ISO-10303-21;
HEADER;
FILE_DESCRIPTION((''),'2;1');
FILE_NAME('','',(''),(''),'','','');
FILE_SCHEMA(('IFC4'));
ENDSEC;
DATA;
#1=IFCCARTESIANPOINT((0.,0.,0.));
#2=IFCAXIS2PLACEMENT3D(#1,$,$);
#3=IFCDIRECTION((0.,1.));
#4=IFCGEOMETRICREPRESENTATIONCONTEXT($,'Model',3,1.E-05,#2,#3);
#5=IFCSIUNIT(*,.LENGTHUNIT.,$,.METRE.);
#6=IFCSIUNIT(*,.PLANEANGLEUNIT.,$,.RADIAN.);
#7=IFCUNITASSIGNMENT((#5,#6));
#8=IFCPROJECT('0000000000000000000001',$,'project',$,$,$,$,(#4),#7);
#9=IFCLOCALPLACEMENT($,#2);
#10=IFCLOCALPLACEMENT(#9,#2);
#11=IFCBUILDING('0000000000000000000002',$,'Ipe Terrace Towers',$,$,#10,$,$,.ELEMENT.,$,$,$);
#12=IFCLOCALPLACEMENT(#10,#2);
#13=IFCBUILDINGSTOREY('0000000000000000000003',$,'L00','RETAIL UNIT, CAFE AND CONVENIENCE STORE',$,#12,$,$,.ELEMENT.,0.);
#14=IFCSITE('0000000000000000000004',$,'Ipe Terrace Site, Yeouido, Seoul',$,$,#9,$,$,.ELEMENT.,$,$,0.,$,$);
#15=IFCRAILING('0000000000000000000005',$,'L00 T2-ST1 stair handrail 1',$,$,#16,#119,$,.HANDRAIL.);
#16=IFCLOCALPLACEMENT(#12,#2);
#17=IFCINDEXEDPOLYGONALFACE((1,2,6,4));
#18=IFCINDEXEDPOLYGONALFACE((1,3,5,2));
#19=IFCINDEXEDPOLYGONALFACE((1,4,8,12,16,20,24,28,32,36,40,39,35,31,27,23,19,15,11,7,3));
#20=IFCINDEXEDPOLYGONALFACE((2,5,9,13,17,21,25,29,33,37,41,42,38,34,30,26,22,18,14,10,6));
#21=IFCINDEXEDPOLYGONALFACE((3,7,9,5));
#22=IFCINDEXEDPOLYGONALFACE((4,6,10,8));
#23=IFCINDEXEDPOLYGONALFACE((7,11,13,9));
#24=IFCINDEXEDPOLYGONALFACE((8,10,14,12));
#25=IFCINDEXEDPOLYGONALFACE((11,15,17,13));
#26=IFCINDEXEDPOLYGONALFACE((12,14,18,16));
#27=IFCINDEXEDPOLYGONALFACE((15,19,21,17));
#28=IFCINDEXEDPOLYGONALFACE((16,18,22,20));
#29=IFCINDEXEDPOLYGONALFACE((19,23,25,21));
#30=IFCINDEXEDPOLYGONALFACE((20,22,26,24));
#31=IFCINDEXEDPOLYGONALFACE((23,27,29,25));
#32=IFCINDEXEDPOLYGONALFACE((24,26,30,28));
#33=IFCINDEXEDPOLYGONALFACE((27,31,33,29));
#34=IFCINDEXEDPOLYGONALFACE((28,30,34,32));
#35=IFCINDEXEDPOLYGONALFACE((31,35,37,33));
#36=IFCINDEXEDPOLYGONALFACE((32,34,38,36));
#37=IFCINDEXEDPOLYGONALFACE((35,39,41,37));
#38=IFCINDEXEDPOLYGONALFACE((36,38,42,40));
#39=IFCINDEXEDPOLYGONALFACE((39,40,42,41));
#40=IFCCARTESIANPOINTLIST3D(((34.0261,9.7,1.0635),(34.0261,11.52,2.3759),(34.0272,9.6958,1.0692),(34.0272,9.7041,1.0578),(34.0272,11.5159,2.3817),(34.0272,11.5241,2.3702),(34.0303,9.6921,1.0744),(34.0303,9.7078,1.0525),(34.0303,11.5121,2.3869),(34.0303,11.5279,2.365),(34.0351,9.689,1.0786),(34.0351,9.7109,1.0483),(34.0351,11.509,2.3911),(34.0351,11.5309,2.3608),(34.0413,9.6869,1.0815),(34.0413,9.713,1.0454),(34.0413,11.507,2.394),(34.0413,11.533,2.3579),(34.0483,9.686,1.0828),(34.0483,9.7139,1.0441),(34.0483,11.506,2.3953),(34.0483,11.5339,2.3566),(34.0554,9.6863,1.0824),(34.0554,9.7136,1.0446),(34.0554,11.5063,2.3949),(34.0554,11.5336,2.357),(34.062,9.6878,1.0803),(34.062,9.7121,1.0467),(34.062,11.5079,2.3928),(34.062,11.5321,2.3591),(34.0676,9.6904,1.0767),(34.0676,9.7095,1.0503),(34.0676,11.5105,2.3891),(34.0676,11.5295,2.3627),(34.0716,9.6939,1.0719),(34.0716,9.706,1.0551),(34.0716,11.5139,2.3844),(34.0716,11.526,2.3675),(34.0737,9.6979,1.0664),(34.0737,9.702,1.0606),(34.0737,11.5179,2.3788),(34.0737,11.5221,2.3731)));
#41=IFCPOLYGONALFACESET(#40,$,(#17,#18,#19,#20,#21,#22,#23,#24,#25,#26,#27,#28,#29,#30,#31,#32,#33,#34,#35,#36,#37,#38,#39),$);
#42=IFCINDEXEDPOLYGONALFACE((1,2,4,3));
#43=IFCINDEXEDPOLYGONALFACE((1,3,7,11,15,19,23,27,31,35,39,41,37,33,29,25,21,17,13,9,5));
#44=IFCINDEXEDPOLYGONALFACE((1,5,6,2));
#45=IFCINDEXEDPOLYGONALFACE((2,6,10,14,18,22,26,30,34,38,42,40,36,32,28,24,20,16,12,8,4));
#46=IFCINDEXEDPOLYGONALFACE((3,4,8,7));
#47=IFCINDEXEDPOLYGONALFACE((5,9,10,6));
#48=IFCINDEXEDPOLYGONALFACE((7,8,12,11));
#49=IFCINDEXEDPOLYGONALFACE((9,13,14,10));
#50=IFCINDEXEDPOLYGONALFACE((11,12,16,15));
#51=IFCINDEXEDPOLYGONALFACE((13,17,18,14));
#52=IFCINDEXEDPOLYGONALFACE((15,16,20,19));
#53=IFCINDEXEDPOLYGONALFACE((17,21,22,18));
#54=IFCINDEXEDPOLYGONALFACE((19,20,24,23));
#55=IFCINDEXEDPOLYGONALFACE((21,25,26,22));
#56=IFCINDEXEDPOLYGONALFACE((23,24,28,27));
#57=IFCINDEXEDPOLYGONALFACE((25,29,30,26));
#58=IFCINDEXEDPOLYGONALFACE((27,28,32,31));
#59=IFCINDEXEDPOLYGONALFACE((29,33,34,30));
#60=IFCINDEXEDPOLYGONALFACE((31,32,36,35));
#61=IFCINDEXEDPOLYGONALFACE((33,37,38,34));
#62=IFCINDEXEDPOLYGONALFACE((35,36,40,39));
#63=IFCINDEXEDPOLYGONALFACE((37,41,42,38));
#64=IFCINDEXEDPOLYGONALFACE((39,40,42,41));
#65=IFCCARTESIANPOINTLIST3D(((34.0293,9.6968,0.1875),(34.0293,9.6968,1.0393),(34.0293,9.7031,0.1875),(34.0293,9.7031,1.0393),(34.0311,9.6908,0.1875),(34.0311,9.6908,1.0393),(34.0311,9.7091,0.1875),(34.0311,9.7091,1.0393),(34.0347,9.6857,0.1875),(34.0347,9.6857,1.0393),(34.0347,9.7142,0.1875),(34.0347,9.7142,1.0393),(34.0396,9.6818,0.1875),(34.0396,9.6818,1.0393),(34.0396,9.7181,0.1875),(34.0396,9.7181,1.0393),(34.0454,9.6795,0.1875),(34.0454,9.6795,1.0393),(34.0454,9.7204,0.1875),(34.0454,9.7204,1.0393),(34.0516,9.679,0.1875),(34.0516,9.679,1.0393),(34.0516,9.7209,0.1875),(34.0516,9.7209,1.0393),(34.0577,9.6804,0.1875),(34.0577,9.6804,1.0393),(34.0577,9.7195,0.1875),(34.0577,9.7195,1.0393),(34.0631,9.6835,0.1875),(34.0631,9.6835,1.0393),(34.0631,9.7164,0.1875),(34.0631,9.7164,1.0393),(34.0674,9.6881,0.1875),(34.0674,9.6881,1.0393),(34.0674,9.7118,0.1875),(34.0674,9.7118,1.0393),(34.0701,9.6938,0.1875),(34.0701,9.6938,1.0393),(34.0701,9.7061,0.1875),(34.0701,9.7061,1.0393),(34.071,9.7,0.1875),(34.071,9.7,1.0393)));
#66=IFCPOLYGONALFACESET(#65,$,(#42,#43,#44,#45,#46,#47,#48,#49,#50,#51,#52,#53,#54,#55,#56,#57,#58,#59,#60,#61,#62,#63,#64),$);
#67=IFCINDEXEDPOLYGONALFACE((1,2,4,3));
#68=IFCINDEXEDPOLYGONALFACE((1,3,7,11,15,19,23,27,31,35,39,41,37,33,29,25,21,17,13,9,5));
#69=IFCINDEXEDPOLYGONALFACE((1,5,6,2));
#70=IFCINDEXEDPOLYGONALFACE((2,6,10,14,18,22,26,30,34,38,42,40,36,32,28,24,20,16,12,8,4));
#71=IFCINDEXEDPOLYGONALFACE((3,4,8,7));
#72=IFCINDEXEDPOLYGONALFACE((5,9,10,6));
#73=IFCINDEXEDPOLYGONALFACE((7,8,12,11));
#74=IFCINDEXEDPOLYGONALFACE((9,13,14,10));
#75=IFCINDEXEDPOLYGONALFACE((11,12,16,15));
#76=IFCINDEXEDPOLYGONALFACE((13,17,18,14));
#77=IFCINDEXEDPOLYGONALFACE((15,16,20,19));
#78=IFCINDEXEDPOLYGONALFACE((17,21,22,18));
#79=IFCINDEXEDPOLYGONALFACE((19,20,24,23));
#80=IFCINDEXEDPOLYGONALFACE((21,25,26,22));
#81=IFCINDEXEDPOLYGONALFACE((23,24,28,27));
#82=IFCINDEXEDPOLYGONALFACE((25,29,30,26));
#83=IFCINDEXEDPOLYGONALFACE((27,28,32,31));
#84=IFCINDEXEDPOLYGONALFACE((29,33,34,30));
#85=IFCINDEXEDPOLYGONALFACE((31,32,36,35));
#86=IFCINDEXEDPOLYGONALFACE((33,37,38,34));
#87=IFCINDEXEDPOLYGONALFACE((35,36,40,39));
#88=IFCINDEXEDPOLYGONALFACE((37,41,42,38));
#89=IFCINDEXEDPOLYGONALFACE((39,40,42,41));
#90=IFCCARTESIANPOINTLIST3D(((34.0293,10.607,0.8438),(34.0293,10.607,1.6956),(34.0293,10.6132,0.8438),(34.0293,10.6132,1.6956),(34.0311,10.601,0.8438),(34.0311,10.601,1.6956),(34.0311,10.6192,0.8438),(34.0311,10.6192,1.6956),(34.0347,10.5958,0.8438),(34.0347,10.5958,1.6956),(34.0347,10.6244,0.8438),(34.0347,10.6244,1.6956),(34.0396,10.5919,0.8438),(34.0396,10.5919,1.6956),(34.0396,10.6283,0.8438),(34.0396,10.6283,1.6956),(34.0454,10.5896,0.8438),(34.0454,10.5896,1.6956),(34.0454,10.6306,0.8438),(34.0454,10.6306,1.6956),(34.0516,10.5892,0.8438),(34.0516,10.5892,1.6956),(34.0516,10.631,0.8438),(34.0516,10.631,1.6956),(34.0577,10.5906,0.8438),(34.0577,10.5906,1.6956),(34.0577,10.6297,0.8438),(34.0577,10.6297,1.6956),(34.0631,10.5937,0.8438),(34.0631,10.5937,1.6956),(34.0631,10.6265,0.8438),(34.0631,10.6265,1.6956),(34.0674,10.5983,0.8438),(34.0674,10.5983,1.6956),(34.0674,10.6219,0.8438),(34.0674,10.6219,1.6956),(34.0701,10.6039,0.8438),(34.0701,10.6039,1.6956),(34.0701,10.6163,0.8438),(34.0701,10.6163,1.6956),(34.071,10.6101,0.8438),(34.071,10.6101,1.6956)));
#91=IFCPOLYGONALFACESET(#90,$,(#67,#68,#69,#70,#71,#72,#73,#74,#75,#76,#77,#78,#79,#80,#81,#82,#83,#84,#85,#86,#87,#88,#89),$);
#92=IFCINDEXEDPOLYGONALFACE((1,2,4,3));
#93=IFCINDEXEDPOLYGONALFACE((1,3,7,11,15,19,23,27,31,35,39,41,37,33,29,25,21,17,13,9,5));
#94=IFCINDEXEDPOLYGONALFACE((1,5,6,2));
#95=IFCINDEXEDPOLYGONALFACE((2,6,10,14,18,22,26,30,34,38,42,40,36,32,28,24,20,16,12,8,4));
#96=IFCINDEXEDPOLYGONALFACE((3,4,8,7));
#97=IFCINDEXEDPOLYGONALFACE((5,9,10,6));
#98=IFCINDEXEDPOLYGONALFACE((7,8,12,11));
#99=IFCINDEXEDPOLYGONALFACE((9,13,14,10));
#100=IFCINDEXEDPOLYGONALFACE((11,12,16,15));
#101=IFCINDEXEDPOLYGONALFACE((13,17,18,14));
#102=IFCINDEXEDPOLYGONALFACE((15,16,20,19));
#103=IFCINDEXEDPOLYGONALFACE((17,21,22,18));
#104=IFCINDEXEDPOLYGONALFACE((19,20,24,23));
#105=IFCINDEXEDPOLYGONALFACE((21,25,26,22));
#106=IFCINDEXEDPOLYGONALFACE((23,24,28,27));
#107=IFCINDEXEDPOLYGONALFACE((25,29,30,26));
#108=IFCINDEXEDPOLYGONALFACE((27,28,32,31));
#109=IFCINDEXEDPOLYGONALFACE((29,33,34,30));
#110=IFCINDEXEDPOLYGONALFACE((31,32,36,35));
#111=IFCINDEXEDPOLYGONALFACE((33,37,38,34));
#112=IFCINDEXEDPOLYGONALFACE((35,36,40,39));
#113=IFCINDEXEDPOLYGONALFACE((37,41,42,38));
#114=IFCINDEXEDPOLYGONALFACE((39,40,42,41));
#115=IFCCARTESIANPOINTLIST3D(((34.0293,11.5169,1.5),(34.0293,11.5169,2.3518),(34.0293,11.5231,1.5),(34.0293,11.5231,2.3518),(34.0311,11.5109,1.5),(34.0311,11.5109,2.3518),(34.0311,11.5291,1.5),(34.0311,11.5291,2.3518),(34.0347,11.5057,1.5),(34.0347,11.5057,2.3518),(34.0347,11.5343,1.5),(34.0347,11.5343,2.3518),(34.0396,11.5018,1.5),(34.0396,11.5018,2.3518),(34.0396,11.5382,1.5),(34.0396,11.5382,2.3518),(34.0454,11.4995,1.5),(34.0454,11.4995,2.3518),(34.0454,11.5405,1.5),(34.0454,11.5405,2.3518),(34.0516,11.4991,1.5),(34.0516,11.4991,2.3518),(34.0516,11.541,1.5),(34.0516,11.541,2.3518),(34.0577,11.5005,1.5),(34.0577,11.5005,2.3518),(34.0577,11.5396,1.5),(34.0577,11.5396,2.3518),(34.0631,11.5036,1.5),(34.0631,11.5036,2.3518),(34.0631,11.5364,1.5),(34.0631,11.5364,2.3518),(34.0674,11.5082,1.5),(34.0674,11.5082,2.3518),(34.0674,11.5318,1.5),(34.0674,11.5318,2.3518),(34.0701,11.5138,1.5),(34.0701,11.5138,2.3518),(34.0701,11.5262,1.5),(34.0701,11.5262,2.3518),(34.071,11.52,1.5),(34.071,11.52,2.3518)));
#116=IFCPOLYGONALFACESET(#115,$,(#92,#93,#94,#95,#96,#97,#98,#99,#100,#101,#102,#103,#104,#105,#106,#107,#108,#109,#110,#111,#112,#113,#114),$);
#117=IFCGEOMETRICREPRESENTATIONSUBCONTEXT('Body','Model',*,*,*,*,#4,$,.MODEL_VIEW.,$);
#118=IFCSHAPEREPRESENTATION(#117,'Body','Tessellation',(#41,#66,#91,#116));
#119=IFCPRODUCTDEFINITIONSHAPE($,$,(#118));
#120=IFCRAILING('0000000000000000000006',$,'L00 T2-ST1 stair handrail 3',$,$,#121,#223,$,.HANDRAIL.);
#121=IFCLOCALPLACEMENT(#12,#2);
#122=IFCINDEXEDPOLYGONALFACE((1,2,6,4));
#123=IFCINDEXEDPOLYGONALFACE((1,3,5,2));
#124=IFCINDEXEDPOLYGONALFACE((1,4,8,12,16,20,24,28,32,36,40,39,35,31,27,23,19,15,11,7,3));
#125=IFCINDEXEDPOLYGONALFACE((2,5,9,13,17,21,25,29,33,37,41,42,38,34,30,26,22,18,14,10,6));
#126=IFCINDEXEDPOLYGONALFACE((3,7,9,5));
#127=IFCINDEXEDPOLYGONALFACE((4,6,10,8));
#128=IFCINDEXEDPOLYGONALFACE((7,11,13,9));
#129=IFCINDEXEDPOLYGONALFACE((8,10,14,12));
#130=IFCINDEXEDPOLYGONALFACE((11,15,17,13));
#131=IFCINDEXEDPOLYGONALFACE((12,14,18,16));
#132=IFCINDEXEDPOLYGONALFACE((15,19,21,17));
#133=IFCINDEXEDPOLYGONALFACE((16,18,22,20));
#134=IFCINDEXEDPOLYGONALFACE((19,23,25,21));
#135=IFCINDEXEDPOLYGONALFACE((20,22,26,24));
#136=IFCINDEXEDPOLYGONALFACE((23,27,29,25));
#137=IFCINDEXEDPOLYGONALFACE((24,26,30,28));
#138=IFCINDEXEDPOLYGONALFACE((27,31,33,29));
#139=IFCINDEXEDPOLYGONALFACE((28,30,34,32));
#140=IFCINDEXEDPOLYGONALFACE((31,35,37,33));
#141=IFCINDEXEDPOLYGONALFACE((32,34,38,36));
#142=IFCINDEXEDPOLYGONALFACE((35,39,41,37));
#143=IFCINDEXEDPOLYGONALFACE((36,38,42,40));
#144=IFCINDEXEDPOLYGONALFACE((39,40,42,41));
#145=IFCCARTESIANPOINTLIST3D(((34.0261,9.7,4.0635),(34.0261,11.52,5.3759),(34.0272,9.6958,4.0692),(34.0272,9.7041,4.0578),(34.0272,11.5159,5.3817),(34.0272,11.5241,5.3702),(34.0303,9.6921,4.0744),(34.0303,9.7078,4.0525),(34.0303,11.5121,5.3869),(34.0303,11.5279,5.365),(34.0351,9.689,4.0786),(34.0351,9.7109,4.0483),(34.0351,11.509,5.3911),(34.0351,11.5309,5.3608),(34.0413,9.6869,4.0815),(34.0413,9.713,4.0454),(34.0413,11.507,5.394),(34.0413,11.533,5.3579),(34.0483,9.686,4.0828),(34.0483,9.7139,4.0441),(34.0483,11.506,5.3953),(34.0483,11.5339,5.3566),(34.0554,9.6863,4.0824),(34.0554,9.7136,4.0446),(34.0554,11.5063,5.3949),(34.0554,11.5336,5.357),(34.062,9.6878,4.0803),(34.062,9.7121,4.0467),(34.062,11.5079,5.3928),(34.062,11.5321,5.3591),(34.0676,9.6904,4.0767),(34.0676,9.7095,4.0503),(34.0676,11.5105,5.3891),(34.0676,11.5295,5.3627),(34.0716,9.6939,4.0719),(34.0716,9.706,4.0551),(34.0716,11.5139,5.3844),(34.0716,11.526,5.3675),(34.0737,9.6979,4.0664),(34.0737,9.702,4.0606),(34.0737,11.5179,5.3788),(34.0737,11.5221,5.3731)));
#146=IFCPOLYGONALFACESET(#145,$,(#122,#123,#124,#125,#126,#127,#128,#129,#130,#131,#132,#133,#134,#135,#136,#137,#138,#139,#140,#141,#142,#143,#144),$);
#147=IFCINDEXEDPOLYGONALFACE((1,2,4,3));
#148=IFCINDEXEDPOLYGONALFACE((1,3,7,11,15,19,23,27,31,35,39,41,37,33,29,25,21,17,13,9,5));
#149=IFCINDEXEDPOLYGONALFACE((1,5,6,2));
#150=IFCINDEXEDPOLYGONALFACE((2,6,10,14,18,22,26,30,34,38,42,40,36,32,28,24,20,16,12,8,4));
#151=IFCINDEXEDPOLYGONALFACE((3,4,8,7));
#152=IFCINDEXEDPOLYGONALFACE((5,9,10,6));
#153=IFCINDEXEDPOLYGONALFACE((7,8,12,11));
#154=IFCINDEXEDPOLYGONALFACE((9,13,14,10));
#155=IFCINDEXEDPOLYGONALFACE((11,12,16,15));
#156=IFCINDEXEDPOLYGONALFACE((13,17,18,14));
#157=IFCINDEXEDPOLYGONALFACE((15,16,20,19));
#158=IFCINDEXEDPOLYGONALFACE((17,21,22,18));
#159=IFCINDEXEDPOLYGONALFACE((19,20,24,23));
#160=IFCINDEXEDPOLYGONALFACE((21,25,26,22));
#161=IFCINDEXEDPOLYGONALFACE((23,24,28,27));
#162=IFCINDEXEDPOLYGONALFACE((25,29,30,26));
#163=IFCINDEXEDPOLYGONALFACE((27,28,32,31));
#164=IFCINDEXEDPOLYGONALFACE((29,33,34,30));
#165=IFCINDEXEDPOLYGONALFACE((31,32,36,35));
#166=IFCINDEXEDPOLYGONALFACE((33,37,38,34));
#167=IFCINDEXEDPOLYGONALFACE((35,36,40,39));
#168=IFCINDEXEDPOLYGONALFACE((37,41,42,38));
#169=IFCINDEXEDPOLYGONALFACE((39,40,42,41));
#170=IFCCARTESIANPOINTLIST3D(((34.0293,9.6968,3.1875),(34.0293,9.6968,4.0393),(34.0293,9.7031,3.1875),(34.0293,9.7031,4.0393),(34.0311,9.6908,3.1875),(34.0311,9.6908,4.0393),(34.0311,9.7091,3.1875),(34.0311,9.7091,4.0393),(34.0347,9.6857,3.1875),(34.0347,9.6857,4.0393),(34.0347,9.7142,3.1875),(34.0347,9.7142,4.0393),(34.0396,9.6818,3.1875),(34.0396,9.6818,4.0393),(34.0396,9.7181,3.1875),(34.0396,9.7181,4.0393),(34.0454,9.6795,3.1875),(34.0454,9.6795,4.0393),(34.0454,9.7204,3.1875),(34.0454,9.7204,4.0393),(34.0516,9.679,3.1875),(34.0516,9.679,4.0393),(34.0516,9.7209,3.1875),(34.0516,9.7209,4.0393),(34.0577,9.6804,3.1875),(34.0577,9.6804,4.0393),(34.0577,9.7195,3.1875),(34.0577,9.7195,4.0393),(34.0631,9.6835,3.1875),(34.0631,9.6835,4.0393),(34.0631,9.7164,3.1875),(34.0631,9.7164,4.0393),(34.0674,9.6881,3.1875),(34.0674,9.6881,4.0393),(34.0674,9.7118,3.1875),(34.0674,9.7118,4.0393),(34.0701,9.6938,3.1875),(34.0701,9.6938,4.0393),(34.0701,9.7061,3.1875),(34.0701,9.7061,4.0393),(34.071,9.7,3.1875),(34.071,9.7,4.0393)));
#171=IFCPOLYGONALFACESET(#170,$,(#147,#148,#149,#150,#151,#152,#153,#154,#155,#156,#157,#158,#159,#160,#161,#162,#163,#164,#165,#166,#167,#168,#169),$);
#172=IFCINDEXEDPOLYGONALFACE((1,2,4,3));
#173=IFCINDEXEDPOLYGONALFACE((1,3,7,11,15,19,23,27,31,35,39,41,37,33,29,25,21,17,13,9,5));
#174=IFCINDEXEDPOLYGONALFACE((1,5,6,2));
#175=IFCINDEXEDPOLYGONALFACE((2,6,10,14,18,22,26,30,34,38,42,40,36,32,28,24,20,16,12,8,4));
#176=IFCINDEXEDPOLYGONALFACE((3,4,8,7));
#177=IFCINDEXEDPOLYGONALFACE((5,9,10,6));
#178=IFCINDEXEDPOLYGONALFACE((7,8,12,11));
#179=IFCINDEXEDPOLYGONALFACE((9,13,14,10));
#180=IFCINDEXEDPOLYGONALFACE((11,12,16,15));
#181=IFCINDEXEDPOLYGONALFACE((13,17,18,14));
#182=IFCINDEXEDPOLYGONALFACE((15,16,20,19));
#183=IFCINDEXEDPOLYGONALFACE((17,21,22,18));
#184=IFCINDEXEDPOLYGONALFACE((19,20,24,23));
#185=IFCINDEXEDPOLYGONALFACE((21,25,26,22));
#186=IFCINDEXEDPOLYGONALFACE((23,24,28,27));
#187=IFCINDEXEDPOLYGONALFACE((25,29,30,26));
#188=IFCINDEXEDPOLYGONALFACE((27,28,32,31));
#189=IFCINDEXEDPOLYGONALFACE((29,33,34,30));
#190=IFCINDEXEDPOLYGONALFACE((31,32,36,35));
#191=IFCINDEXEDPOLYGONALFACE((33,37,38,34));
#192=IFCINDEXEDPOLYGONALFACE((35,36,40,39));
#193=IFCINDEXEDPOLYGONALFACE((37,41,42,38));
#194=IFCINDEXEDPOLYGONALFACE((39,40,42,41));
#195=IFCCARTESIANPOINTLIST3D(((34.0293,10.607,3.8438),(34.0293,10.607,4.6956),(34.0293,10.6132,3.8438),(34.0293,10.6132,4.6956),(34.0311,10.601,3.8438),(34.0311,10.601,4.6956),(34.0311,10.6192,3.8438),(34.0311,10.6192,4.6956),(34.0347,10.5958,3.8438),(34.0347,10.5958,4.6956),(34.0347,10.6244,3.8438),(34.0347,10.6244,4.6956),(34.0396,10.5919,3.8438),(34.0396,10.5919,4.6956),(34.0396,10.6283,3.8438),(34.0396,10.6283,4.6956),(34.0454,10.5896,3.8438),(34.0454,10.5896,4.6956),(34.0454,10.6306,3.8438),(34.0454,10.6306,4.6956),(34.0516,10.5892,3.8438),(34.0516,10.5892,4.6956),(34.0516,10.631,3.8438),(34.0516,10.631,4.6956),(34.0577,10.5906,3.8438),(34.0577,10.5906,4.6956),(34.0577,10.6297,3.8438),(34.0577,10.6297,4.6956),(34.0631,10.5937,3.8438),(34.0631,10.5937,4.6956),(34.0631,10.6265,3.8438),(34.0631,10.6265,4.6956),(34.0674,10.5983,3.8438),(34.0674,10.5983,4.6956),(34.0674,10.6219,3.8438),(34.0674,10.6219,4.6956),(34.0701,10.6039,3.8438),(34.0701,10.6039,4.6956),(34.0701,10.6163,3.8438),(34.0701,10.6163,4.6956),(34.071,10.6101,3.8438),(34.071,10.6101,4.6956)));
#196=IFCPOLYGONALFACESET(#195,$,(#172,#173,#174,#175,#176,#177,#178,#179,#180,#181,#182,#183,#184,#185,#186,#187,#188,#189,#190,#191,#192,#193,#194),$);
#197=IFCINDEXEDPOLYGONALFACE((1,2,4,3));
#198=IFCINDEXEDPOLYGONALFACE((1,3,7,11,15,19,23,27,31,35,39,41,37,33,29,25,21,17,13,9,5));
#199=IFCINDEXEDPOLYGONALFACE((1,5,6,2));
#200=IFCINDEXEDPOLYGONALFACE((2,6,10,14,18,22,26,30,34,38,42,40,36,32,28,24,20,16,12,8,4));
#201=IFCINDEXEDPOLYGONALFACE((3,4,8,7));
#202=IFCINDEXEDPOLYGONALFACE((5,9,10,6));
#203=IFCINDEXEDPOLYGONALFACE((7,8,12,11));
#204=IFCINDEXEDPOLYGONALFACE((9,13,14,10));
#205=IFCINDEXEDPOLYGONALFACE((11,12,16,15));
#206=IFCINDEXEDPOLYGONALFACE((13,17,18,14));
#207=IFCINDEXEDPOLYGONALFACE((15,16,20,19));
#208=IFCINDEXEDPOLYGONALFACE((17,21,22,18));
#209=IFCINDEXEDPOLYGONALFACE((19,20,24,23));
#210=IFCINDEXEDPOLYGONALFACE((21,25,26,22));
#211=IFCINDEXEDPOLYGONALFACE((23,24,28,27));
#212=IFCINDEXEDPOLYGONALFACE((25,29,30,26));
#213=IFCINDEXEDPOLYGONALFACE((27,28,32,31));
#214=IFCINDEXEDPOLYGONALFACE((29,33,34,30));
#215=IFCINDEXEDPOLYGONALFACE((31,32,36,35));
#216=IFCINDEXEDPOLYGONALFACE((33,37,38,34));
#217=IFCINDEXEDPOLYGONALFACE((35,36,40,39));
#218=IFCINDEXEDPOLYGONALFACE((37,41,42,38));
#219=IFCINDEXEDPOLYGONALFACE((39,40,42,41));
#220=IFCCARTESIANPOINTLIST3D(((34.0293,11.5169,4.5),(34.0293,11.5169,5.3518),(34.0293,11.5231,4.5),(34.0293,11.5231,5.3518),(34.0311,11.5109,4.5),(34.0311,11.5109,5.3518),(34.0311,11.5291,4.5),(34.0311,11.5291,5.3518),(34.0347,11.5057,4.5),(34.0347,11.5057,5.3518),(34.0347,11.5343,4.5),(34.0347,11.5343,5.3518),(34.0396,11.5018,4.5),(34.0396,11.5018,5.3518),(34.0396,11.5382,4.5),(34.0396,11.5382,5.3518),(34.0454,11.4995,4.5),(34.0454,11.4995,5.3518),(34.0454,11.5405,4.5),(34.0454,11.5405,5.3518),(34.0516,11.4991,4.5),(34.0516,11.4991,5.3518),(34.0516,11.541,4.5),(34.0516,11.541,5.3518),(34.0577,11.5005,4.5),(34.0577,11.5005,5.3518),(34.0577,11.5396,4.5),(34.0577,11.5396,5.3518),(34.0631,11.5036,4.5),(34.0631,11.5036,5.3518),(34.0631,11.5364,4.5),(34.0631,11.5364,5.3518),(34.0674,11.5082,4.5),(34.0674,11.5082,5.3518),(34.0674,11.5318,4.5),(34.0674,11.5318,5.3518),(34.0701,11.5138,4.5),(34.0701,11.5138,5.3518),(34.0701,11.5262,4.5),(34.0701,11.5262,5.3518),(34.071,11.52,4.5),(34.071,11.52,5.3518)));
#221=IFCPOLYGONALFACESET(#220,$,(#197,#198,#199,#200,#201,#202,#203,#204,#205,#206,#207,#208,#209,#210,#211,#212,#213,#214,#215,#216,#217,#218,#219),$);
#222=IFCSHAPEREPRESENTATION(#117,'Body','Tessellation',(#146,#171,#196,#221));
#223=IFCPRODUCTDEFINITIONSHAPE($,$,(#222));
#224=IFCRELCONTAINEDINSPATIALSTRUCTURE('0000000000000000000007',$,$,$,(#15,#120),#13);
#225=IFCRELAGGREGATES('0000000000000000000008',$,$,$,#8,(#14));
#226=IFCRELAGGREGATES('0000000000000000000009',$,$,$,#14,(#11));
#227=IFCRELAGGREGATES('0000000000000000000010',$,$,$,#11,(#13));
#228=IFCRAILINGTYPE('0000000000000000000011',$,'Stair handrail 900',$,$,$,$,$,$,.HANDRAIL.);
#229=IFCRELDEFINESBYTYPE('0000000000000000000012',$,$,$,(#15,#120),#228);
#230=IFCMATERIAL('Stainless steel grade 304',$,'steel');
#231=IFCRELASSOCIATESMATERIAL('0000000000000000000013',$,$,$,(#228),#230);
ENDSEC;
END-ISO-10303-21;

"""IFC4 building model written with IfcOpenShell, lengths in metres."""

from ifc_helpers import new_model, si_unit, direction, frame, origin, origin_2d, place, context, subcontext, project, spatial, circle, extrude, material, type_object, element, save


model = new_model("IFC4")

# Units and contexts
model_context = context("Model", 3, precision=1e-05, world=origin(), true_north=direction((0.0, 1.0)))
body_context = subcontext(model_context, "Body", "Model", "MODEL_VIEW")
ifc_project = project(units=[si_unit("LENGTHUNIT", "METRE"), si_unit("PLANEANGLEUNIT", "RADIAN")], contexts=[model_context])

# Site, building, storey
site_placement = place(None, origin())
site = spatial("IfcSite", under=ifc_project, at=site_placement, Name="Ipe Terrace Site, Yeouido, Seoul", CompositionType="ELEMENT", RefElevation=0.0)
building_placement = place(site_placement, origin())
building = spatial("IfcBuilding", under=site, at=building_placement, Name="Ipe Terrace Towers", CompositionType="ELEMENT")
storey_placement = place(building_placement, origin())
storey = spatial("IfcBuildingStorey", under=building, at=storey_placement, Name="L00", Description="RETAIL UNIT, CAFE AND CONVENIENCE STORE", CompositionType="ELEMENT", Elevation=0.0)

# Railings
ifc_material_1 = material(Name="Stainless steel grade 304", Category="steel")
railing_type = type_object("IfcRailingType", Name="Stair handrail 900", PredefinedType="HANDRAIL", material=ifc_material_1)
for number, where, name in (
    (1, (34.05, 9.7, 0.1875), "L00 T2-ST1 stair handrail 1"),
    (2, (34.05, 9.7, 3.1875), "L00 T2-ST1 stair handrail 3"),
):
    element("IfcRailing", number, at=place(storey_placement, frame(where)), inside=storey, type_object=railing_type, Name=name, PredefinedType="HANDRAIL", context=body_context, shape_type="SweptSolid", body=[
        extrude(circle(Radius=0.0239, at=origin_2d()), frame((0.0, 0.0, 0.876), z_axis=(0.0, 0.811101, 0.584906), x_axis=(-1.0, 0.0, 0.0)), (0.0, 0.0, 1.0), 2.2439),
        extrude(circle(Radius=0.021, at=origin_2d()), origin(), (0.0, 0.0, 1.0), 0.8518),
        extrude(circle(Radius=0.021, at=origin_2d()), frame((0.0, 0.9102, 0.6562)), (0.0, 0.0, 1.0), 0.8518),
        extrude(circle(Radius=0.021, at=origin_2d()), frame((0.0, 1.8201, 1.3125)), (0.0, 0.0, 1.0), 0.8518),
    ])

save(model, "model.ifc")
